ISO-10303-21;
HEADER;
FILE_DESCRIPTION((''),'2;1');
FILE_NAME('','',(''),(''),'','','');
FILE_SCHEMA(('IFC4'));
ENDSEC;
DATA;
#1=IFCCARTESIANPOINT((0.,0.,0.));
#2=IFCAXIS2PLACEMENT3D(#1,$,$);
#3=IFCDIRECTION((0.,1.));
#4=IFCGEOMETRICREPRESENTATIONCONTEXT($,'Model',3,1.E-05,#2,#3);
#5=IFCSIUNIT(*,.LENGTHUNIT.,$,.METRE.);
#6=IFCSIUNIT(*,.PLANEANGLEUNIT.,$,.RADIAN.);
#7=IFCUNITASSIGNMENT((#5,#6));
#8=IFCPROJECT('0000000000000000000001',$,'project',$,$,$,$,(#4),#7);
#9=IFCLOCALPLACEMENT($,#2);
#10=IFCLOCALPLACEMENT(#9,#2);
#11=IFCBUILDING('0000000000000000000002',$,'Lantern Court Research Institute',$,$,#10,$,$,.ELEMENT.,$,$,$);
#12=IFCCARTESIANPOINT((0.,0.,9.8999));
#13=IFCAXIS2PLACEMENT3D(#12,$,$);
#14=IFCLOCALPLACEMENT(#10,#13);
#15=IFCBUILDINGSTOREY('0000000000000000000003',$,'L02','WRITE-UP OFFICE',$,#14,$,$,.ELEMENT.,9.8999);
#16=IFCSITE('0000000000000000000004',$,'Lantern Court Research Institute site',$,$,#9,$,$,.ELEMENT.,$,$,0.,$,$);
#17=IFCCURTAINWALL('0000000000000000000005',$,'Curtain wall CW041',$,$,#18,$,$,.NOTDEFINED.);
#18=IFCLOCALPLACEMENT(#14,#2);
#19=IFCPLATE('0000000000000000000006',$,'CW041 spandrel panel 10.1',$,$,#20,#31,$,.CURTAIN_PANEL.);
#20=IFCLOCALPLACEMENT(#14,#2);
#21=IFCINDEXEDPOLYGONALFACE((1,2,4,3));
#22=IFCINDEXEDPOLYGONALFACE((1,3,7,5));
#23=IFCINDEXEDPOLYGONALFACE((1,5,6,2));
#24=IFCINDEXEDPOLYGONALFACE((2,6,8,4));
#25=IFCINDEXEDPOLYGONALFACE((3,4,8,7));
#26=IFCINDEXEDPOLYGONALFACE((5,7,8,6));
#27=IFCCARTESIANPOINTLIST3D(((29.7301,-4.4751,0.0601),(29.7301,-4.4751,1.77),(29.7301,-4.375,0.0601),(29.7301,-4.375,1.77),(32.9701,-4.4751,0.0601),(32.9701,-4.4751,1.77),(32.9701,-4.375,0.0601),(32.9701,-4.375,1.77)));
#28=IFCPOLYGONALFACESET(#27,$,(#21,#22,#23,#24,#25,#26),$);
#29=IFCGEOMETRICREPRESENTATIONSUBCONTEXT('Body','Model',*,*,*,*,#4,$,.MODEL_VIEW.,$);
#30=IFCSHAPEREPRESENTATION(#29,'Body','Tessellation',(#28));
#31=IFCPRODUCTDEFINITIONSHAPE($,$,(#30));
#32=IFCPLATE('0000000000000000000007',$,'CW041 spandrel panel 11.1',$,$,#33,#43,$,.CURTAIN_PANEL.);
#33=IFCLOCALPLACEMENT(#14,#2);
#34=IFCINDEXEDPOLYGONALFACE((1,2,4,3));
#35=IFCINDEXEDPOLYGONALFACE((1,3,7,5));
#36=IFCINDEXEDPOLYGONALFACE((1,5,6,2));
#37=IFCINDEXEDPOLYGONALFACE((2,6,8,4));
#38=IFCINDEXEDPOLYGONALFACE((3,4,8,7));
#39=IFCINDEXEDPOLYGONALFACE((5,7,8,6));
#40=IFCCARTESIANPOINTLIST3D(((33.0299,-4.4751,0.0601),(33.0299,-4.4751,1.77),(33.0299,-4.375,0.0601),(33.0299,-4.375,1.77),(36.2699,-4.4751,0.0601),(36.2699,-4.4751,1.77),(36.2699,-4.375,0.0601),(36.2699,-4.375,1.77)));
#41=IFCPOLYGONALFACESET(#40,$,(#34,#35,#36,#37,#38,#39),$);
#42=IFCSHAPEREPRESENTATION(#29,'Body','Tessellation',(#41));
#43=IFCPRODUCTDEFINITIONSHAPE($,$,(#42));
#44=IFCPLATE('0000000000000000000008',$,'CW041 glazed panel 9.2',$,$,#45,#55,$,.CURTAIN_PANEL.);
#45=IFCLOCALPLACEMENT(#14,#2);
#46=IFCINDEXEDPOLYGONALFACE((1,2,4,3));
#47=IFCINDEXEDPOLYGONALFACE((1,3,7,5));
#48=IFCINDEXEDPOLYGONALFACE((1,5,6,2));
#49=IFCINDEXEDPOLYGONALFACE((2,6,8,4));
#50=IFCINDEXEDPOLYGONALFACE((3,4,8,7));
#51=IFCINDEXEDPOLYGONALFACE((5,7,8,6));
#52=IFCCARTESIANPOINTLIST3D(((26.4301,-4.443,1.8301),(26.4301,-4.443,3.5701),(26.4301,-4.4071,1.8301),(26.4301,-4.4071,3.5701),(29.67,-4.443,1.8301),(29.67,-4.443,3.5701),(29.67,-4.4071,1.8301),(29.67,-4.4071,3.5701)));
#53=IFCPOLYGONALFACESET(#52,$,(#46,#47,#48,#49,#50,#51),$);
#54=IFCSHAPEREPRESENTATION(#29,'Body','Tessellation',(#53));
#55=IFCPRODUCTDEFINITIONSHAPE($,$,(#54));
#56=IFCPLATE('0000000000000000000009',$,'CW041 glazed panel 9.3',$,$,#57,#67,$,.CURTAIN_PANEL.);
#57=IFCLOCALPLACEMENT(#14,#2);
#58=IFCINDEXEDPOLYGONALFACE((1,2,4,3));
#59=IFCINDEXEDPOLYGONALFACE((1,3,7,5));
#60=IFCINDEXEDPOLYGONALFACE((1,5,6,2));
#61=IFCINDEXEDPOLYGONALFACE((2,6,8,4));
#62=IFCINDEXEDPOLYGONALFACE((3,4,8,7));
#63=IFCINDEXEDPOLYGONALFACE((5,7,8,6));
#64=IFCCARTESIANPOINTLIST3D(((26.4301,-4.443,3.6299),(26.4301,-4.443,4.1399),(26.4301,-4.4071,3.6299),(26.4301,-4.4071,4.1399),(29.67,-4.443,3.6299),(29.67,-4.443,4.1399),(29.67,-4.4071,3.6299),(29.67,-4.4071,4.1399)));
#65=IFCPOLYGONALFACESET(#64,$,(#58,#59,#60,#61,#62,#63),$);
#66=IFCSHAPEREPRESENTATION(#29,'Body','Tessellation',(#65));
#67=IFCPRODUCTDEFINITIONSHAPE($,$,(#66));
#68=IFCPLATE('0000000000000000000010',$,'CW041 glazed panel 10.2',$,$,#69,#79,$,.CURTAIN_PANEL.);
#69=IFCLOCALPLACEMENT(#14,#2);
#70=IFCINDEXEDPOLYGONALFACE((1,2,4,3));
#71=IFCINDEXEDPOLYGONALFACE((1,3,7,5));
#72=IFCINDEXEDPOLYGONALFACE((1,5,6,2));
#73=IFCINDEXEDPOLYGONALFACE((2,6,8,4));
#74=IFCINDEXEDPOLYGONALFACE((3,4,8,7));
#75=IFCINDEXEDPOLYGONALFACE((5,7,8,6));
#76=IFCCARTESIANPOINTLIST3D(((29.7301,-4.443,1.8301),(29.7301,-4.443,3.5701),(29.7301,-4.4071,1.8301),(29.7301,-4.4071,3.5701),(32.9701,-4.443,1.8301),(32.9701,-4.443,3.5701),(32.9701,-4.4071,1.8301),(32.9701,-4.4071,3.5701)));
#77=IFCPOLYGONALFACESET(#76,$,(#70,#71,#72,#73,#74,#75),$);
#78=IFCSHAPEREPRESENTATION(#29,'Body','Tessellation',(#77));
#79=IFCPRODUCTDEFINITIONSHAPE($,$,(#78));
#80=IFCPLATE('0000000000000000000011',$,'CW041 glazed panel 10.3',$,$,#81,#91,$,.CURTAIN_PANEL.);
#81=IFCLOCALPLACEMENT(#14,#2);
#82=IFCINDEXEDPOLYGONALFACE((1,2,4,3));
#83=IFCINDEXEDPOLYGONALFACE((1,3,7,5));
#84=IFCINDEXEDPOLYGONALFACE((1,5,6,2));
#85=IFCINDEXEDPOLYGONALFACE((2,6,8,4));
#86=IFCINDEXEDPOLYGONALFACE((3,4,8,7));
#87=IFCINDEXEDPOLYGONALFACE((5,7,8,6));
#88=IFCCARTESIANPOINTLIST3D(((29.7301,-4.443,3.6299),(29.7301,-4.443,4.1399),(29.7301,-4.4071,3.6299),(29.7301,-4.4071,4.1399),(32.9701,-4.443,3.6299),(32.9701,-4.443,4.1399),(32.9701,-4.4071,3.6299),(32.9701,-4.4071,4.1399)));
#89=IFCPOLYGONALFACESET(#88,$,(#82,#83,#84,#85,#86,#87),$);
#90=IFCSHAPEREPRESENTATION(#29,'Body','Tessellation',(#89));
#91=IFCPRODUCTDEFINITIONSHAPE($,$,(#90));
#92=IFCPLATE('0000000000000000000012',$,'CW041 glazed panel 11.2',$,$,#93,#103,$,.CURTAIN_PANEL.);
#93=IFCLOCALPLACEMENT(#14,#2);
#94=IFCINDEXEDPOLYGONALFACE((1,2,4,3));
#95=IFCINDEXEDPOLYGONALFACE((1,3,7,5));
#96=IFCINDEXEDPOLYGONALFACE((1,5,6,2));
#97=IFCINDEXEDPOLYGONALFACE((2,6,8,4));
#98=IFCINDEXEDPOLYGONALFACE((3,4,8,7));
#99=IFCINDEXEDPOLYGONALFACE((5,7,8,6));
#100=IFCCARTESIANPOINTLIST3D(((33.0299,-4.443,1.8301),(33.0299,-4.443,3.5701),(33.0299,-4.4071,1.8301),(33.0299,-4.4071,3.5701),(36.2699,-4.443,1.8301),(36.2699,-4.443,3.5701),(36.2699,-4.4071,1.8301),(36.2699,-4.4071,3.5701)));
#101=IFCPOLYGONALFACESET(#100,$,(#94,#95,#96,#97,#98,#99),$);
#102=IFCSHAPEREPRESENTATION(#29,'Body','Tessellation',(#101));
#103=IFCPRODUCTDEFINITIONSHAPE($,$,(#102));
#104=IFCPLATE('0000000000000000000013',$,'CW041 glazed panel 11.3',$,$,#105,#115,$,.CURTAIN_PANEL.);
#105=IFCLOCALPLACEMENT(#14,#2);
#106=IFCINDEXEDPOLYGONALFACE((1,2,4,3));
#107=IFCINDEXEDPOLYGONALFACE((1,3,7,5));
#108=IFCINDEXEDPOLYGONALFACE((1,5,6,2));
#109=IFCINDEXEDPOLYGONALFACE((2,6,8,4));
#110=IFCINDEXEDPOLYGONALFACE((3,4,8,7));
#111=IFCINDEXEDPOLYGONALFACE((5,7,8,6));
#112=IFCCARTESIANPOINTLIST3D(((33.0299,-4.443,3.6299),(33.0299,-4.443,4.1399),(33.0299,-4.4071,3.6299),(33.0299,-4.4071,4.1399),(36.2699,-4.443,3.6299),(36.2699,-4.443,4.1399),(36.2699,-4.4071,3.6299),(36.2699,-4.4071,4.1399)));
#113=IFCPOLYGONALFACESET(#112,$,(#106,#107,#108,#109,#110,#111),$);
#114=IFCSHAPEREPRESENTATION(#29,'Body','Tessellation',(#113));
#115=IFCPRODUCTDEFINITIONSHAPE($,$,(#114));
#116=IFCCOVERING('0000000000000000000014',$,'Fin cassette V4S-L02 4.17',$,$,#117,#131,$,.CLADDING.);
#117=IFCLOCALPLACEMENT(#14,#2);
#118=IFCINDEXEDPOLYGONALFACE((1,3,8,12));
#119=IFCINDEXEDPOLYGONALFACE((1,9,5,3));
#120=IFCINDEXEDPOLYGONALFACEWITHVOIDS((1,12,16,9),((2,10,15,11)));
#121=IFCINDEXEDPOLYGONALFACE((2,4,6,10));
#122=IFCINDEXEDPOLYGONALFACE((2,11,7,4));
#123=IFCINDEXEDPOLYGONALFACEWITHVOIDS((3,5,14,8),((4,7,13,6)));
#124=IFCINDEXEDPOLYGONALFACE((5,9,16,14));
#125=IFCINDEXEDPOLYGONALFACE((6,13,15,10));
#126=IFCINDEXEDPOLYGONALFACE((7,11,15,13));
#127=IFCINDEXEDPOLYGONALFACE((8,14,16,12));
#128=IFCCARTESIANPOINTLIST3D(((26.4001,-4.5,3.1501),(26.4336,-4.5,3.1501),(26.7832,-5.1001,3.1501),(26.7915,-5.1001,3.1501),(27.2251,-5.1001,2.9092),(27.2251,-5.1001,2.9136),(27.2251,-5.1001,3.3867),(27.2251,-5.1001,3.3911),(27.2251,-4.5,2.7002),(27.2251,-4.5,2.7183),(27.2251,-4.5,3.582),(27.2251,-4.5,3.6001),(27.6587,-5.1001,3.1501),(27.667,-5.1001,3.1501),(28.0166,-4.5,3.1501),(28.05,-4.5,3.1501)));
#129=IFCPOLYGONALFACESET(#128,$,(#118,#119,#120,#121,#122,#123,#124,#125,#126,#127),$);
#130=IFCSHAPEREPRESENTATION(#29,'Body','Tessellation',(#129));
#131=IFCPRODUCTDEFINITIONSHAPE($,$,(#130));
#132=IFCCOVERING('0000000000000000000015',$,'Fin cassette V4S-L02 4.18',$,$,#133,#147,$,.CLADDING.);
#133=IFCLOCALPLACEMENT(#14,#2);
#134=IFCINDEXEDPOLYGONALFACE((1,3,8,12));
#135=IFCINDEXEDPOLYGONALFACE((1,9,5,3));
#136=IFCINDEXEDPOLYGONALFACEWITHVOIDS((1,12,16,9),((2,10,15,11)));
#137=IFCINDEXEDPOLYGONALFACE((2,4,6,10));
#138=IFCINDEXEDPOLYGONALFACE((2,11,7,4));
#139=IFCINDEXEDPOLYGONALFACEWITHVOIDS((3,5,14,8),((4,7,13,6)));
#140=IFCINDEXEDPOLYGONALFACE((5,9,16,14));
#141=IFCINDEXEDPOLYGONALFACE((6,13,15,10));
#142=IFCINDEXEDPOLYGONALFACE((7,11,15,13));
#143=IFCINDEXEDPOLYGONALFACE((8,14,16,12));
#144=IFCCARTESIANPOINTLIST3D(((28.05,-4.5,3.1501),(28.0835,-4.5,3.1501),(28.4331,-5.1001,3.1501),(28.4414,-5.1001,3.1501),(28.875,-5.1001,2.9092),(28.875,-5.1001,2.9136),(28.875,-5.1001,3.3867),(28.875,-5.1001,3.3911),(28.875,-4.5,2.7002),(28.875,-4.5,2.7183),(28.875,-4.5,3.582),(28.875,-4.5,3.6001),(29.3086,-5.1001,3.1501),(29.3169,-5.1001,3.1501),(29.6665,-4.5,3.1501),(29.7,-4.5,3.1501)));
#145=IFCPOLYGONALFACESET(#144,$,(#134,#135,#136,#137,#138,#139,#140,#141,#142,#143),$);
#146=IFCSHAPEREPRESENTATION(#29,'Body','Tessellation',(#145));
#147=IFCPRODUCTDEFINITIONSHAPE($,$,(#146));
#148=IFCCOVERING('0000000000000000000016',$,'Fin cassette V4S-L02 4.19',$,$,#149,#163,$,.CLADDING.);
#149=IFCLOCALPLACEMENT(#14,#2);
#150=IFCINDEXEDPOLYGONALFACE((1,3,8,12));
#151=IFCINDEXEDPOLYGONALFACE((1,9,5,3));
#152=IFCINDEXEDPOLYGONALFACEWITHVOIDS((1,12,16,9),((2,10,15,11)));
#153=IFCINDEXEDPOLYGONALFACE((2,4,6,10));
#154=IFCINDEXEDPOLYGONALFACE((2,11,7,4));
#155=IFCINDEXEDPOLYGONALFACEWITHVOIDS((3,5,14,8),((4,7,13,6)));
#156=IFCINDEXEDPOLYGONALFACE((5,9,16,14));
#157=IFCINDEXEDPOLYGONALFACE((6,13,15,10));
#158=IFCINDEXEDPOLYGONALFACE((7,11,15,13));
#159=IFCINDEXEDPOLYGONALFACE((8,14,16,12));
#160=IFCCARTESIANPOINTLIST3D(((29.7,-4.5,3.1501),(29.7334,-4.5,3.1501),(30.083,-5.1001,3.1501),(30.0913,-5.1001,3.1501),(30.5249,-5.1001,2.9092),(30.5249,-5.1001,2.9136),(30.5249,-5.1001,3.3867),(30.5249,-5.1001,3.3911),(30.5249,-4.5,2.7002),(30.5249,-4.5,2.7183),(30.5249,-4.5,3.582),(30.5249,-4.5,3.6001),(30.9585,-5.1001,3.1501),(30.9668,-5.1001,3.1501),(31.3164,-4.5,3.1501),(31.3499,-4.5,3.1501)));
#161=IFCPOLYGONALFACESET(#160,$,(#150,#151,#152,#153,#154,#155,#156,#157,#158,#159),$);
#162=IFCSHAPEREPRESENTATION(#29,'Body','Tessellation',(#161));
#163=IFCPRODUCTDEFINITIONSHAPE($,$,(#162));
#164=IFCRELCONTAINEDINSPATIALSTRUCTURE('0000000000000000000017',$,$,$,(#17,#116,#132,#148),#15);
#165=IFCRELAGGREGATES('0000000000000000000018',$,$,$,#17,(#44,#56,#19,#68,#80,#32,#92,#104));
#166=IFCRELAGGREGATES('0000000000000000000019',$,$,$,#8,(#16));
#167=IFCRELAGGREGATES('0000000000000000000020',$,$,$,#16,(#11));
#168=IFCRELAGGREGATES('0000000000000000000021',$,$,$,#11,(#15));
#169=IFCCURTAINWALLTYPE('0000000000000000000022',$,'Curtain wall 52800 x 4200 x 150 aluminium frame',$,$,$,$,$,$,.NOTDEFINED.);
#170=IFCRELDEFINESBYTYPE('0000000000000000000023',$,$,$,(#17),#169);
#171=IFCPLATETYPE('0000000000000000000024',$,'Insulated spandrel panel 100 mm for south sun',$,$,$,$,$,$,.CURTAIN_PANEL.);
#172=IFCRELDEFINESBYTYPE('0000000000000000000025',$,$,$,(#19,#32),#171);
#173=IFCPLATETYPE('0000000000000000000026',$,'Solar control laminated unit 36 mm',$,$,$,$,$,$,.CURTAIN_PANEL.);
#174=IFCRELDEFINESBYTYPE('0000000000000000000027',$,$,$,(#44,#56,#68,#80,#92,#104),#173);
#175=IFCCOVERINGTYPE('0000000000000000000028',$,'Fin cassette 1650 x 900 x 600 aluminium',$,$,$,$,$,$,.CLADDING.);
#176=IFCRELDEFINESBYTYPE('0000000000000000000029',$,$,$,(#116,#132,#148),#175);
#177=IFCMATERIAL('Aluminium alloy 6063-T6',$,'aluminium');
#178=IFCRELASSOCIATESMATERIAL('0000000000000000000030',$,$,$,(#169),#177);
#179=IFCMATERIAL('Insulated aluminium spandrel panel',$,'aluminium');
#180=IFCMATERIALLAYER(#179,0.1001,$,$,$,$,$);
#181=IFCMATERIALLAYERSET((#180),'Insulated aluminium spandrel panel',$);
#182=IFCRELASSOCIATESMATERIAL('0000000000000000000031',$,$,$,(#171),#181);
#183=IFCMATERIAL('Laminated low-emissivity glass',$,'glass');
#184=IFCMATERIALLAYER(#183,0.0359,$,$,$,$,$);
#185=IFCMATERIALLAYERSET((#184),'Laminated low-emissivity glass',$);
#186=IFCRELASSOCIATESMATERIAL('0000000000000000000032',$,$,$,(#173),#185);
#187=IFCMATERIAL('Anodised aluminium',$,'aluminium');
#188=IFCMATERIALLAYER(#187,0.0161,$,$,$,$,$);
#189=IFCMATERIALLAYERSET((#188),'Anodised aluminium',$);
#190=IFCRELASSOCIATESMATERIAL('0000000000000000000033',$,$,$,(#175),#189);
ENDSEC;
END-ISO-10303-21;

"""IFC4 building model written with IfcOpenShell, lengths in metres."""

from ifc_helpers import new_model, entity, si_unit, direction, frame, origin, origin_2d, place, context, subcontext, project, spatial, rectangle, extrude, material, layer, layer_set, type_object, element, aggregate, save


model = new_model("IFC4")

# Units and contexts
model_context = context("Model", 3, precision=1e-05, world=origin(), true_north=direction((0.0, 1.0)))
body_context = subcontext(model_context, "Body", "Model", "MODEL_VIEW")
ifc_project = project(units=[si_unit("LENGTHUNIT", "METRE"), si_unit("PLANEANGLEUNIT", "RADIAN")], contexts=[model_context])

# Site, building, storey
site_placement = place(None, origin())
site = spatial("IfcSite", under=ifc_project, at=site_placement, Name="Lantern Court Research Institute site", CompositionType="ELEMENT", RefElevation=0.0)
building_placement = place(site_placement, origin())
building = spatial("IfcBuilding", under=site, at=building_placement, Name="Lantern Court Research Institute", CompositionType="ELEMENT")
storey_placement = place(building_placement, frame((0.0, 0.0, 9.8999)))
storey = spatial("IfcBuildingStorey", under=building, at=storey_placement, Name="L02", Description="WRITE-UP OFFICE", CompositionType="ELEMENT", Elevation=9.8999)

# Curtain wall, plates
ifc_material_1 = material(Name="Aluminium alloy 6063-T6", Category="aluminium")
curtain_wall_type = type_object("IfcCurtainWallType", Name="Curtain wall 52800 x 4200 x 150 aluminium frame", PredefinedType="NOTDEFINED", material=ifc_material_1)
curtain_wall_placement = place(storey_placement, origin())
curtain_wall = element("IfcCurtainWall", 1, at=curtain_wall_placement, inside=storey, type_object=curtain_wall_type, Name="Curtain wall CW041", PredefinedType="NOTDEFINED")
ifc_material_2 = material(Name="Insulated aluminium spandrel panel", Category="aluminium")
ifc_layer_1 = layer(ifc_material_2, 0.1001)
ifc_layer_set_1 = layer_set([ifc_layer_1], Name="Insulated aluminium spandrel panel")
plate_type_1 = type_object("IfcPlateType", Name="Insulated spandrel panel 100 mm for south sun", PredefinedType="CURTAIN_PANEL", material=ifc_layer_set_1)
plate_1_placement = place(storey_placement, frame((31.3501, -4.425, 0.0601), z_axis=(0.0, 0.0, 1.0), x_axis=(-1.0, 0.0, 0.0)))
plate_1 = element("IfcPlate", 2, at=plate_1_placement, type_object=plate_type_1, Name="CW041 spandrel panel 10.1", PredefinedType="CURTAIN_PANEL", context=body_context, shape_type="SweptSolid", body=[
    extrude(rectangle(XDim=3.24, YDim=0.1001, at=origin_2d()), origin(), (0.0, 0.0, 1.0), 1.71),
])
plate_2_placement = place(storey_placement, frame((34.6499, -4.425, 0.0601), z_axis=(0.0, 0.0, 1.0), x_axis=(-1.0, 0.0, 0.0)))
plate_2 = element("IfcPlate", 3, at=plate_2_placement, type_object=plate_type_1, Name="CW041 spandrel panel 11.1", PredefinedType="CURTAIN_PANEL", context=body_context, shape_type="SweptSolid", body=[
    extrude(rectangle(XDim=3.24, YDim=0.1001, at=origin_2d()), origin(), (0.0, 0.0, 1.0), 1.71),
])
ifc_material_3 = material(Name="Laminated low-emissivity glass", Category="glass")
ifc_layer_2 = layer(ifc_material_3, 0.0359)
ifc_layer_set_2 = layer_set([ifc_layer_2], Name="Laminated low-emissivity glass")
plate_type_2 = type_object("IfcPlateType", Name="Solar control laminated unit 36 mm", PredefinedType="CURTAIN_PANEL", material=ifc_layer_set_2)
plate_3_placement = place(storey_placement, frame((28.05, -4.425, 1.8301), z_axis=(0.0, 0.0, 1.0), x_axis=(-1.0, 0.0, 0.0)))
plate_3 = element("IfcPlate", 4, at=plate_3_placement, type_object=plate_type_2, Name="CW041 glazed panel 9.2", PredefinedType="CURTAIN_PANEL", context=body_context, shape_type="SweptSolid", body=[
    extrude(rectangle(XDim=3.24, YDim=0.0359, at=origin_2d()), origin(), (0.0, 0.0, 1.0), 1.74),
])
plate_4_placement = place(storey_placement, frame((28.05, -4.425, 3.6299), z_axis=(0.0, 0.0, 1.0), x_axis=(-1.0, 0.0, 0.0)))
plate_4 = element("IfcPlate", 5, at=plate_4_placement, type_object=plate_type_2, Name="CW041 glazed panel 9.3", PredefinedType="CURTAIN_PANEL", context=body_context, shape_type="SweptSolid", body=[
    extrude(rectangle(XDim=3.24, YDim=0.0359, at=origin_2d()), origin(), (0.0, 0.0, 1.0), 0.51),
])
plate_5_placement = place(storey_placement, frame((31.3501, -4.425, 1.8301), z_axis=(0.0, 0.0, 1.0), x_axis=(-1.0, 0.0, 0.0)))
plate_5 = element("IfcPlate", 6, at=plate_5_placement, type_object=plate_type_2, Name="CW041 glazed panel 10.2", PredefinedType="CURTAIN_PANEL", context=body_context, shape_type="SweptSolid", body=[
    extrude(rectangle(XDim=3.24, YDim=0.0359, at=origin_2d()), origin(), (0.0, 0.0, 1.0), 1.74),
])
plate_6_placement = place(storey_placement, frame((31.3501, -4.425, 3.6299), z_axis=(0.0, 0.0, 1.0), x_axis=(-1.0, 0.0, 0.0)))
plate_6 = element("IfcPlate", 7, at=plate_6_placement, type_object=plate_type_2, Name="CW041 glazed panel 10.3", PredefinedType="CURTAIN_PANEL", context=body_context, shape_type="SweptSolid", body=[
    extrude(rectangle(XDim=3.24, YDim=0.0359, at=origin_2d()), origin(), (0.0, 0.0, 1.0), 0.51),
])
plate_7_placement = place(storey_placement, frame((34.6499, -4.425, 1.8301), z_axis=(0.0, 0.0, 1.0), x_axis=(-1.0, 0.0, 0.0)))
plate_7 = element("IfcPlate", 8, at=plate_7_placement, type_object=plate_type_2, Name="CW041 glazed panel 11.2", PredefinedType="CURTAIN_PANEL", context=body_context, shape_type="SweptSolid", body=[
    extrude(rectangle(XDim=3.24, YDim=0.0359, at=origin_2d()), origin(), (0.0, 0.0, 1.0), 1.74),
])
plate_8_placement = place(storey_placement, frame((34.6499, -4.425, 3.6299), z_axis=(0.0, 0.0, 1.0), x_axis=(-1.0, 0.0, 0.0)))
plate_8 = element("IfcPlate", 9, at=plate_8_placement, type_object=plate_type_2, Name="CW041 glazed panel 11.3", PredefinedType="CURTAIN_PANEL", context=body_context, shape_type="SweptSolid", body=[
    extrude(rectangle(XDim=3.24, YDim=0.0359, at=origin_2d()), origin(), (0.0, 0.0, 1.0), 0.51),
])
aggregate(curtain_wall, [plate_3, plate_4, plate_1, plate_5, plate_6, plate_2, plate_7, plate_8])

# Coverings
ifc_material_4 = material(Name="Anodised aluminium", Category="aluminium")
ifc_layer_3 = layer(ifc_material_4, 0.0161)
ifc_layer_set_3 = layer_set([ifc_layer_3], Name="Anodised aluminium")
covering_type = type_object("IfcCoveringType", Name="Fin cassette 1650 x 900 x 600 aluminium", PredefinedType="CLADDING", material=ifc_layer_set_3)
covering_1_placement = place(storey_placement, frame((27.2251, -4.5, 3.1501), z_axis=(0.0, -1.0, 0.0), x_axis=(1.0, 0.0, 0.0)))
cartesian_point_1 = entity("IfcCartesianPoint", [0.825, 0.0])
cartesian_point_2 = entity("IfcCartesianPoint", [0.7915, 0.0])
cartesian_point_3 = entity("IfcCartesianPoint", [0.4419, 0.0])
cartesian_point_4 = entity("IfcCartesianPoint", [0.4336, 0.0])
element("IfcCovering", 10, at=covering_1_placement, inside=storey, type_object=covering_type, Name="Fin cassette V4S-L02 4.17", PredefinedType="CLADDING", context=body_context, shape_type="SweptSolid", body=[
    entity("IfcExtrudedAreaSolidTapered", entity("IfcArbitraryProfileDefWithVoids", "AREA", None, entity("IfcPolyline", [cartesian_point_1, entity("IfcCartesianPoint", [0.0, 0.45]), entity("IfcCartesianPoint", [-0.825, 0.0]), entity("IfcCartesianPoint", [0.0, -0.45]), cartesian_point_1]), [entity("IfcPolyline", [cartesian_point_2, entity("IfcCartesianPoint", [0.0, 0.4319]), entity("IfcCartesianPoint", [-0.7915, 0.0]), entity("IfcCartesianPoint", [0.0, -0.4319]), cartesian_point_2])]), entity("IfcAxis2Placement3D", entity("IfcCartesianPoint", [0.0, 0.0, 0.0])), entity("IfcDirection", [0.0, 0.0, 1.0]), 0.6001, entity("IfcArbitraryProfileDefWithVoids", "AREA", None, entity("IfcPolyline", [cartesian_point_3, entity("IfcCartesianPoint", [0.0, 0.241]), entity("IfcCartesianPoint", [-0.4419, 0.0]), entity("IfcCartesianPoint", [0.0, -0.241]), cartesian_point_3]), [entity("IfcPolyline", [cartesian_point_4, entity("IfcCartesianPoint", [0.0, 0.2366]), entity("IfcCartesianPoint", [-0.4336, 0.0]), entity("IfcCartesianPoint", [0.0, -0.2366]), cartesian_point_4])])),
])
covering_2_placement = place(storey_placement, frame((28.875, -4.5, 3.1501), z_axis=(0.0, -1.0, 0.0), x_axis=(1.0, 0.0, 0.0)))
cartesian_point_5 = entity("IfcCartesianPoint", [0.825, 0.0])
cartesian_point_6 = entity("IfcCartesianPoint", [0.7915, 0.0])
cartesian_point_7 = entity("IfcCartesianPoint", [0.4419, 0.0])
cartesian_point_8 = entity("IfcCartesianPoint", [0.4336, 0.0])
element("IfcCovering", 11, at=covering_2_placement, inside=storey, type_object=covering_type, Name="Fin cassette V4S-L02 4.18", PredefinedType="CLADDING", context=body_context, shape_type="SweptSolid", body=[
    entity("IfcExtrudedAreaSolidTapered", entity("IfcArbitraryProfileDefWithVoids", "AREA", None, entity("IfcPolyline", [cartesian_point_5, entity("IfcCartesianPoint", [0.0, 0.45]), entity("IfcCartesianPoint", [-0.825, 0.0]), entity("IfcCartesianPoint", [0.0, -0.45]), cartesian_point_5]), [entity("IfcPolyline", [cartesian_point_6, entity("IfcCartesianPoint", [0.0, 0.4319]), entity("IfcCartesianPoint", [-0.7915, 0.0]), entity("IfcCartesianPoint", [0.0, -0.4319]), cartesian_point_6])]), entity("IfcAxis2Placement3D", entity("IfcCartesianPoint", [0.0, 0.0, 0.0])), entity("IfcDirection", [0.0, 0.0, 1.0]), 0.6001, entity("IfcArbitraryProfileDefWithVoids", "AREA", None, entity("IfcPolyline", [cartesian_point_7, entity("IfcCartesianPoint", [0.0, 0.241]), entity("IfcCartesianPoint", [-0.4419, 0.0]), entity("IfcCartesianPoint", [0.0, -0.241]), cartesian_point_7]), [entity("IfcPolyline", [cartesian_point_8, entity("IfcCartesianPoint", [0.0, 0.2366]), entity("IfcCartesianPoint", [-0.4336, 0.0]), entity("IfcCartesianPoint", [0.0, -0.2366]), cartesian_point_8])])),
])
covering_3_placement = place(storey_placement, frame((30.5249, -4.5, 3.1501), z_axis=(0.0, -1.0, 0.0), x_axis=(1.0, 0.0, 0.0)))
cartesian_point_9 = entity("IfcCartesianPoint", [0.825, 0.0])
cartesian_point_10 = entity("IfcCartesianPoint", [0.7915, 0.0])
cartesian_point_11 = entity("IfcCartesianPoint", [0.4419, 0.0])
cartesian_point_12 = entity("IfcCartesianPoint", [0.4336, 0.0])
element("IfcCovering", 12, at=covering_3_placement, inside=storey, type_object=covering_type, Name="Fin cassette V4S-L02 4.19", PredefinedType="CLADDING", context=body_context, shape_type="SweptSolid", body=[
    entity("IfcExtrudedAreaSolidTapered", entity("IfcArbitraryProfileDefWithVoids", "AREA", None, entity("IfcPolyline", [cartesian_point_9, entity("IfcCartesianPoint", [0.0, 0.45]), entity("IfcCartesianPoint", [-0.825, 0.0]), entity("IfcCartesianPoint", [0.0, -0.45]), cartesian_point_9]), [entity("IfcPolyline", [cartesian_point_10, entity("IfcCartesianPoint", [0.0, 0.4319]), entity("IfcCartesianPoint", [-0.7915, 0.0]), entity("IfcCartesianPoint", [0.0, -0.4319]), cartesian_point_10])]), entity("IfcAxis2Placement3D", entity("IfcCartesianPoint", [0.0, 0.0, 0.0])), entity("IfcDirection", [0.0, 0.0, 1.0]), 0.6001, entity("IfcArbitraryProfileDefWithVoids", "AREA", None, entity("IfcPolyline", [cartesian_point_11, entity("IfcCartesianPoint", [0.0, 0.241]), entity("IfcCartesianPoint", [-0.4419, 0.0]), entity("IfcCartesianPoint", [0.0, -0.241]), cartesian_point_11]), [entity("IfcPolyline", [cartesian_point_12, entity("IfcCartesianPoint", [0.0, 0.2366]), entity("IfcCartesianPoint", [-0.4336, 0.0]), entity("IfcCartesianPoint", [0.0, -0.2366]), cartesian_point_12])])),
])

save(model, "model.ifc")
